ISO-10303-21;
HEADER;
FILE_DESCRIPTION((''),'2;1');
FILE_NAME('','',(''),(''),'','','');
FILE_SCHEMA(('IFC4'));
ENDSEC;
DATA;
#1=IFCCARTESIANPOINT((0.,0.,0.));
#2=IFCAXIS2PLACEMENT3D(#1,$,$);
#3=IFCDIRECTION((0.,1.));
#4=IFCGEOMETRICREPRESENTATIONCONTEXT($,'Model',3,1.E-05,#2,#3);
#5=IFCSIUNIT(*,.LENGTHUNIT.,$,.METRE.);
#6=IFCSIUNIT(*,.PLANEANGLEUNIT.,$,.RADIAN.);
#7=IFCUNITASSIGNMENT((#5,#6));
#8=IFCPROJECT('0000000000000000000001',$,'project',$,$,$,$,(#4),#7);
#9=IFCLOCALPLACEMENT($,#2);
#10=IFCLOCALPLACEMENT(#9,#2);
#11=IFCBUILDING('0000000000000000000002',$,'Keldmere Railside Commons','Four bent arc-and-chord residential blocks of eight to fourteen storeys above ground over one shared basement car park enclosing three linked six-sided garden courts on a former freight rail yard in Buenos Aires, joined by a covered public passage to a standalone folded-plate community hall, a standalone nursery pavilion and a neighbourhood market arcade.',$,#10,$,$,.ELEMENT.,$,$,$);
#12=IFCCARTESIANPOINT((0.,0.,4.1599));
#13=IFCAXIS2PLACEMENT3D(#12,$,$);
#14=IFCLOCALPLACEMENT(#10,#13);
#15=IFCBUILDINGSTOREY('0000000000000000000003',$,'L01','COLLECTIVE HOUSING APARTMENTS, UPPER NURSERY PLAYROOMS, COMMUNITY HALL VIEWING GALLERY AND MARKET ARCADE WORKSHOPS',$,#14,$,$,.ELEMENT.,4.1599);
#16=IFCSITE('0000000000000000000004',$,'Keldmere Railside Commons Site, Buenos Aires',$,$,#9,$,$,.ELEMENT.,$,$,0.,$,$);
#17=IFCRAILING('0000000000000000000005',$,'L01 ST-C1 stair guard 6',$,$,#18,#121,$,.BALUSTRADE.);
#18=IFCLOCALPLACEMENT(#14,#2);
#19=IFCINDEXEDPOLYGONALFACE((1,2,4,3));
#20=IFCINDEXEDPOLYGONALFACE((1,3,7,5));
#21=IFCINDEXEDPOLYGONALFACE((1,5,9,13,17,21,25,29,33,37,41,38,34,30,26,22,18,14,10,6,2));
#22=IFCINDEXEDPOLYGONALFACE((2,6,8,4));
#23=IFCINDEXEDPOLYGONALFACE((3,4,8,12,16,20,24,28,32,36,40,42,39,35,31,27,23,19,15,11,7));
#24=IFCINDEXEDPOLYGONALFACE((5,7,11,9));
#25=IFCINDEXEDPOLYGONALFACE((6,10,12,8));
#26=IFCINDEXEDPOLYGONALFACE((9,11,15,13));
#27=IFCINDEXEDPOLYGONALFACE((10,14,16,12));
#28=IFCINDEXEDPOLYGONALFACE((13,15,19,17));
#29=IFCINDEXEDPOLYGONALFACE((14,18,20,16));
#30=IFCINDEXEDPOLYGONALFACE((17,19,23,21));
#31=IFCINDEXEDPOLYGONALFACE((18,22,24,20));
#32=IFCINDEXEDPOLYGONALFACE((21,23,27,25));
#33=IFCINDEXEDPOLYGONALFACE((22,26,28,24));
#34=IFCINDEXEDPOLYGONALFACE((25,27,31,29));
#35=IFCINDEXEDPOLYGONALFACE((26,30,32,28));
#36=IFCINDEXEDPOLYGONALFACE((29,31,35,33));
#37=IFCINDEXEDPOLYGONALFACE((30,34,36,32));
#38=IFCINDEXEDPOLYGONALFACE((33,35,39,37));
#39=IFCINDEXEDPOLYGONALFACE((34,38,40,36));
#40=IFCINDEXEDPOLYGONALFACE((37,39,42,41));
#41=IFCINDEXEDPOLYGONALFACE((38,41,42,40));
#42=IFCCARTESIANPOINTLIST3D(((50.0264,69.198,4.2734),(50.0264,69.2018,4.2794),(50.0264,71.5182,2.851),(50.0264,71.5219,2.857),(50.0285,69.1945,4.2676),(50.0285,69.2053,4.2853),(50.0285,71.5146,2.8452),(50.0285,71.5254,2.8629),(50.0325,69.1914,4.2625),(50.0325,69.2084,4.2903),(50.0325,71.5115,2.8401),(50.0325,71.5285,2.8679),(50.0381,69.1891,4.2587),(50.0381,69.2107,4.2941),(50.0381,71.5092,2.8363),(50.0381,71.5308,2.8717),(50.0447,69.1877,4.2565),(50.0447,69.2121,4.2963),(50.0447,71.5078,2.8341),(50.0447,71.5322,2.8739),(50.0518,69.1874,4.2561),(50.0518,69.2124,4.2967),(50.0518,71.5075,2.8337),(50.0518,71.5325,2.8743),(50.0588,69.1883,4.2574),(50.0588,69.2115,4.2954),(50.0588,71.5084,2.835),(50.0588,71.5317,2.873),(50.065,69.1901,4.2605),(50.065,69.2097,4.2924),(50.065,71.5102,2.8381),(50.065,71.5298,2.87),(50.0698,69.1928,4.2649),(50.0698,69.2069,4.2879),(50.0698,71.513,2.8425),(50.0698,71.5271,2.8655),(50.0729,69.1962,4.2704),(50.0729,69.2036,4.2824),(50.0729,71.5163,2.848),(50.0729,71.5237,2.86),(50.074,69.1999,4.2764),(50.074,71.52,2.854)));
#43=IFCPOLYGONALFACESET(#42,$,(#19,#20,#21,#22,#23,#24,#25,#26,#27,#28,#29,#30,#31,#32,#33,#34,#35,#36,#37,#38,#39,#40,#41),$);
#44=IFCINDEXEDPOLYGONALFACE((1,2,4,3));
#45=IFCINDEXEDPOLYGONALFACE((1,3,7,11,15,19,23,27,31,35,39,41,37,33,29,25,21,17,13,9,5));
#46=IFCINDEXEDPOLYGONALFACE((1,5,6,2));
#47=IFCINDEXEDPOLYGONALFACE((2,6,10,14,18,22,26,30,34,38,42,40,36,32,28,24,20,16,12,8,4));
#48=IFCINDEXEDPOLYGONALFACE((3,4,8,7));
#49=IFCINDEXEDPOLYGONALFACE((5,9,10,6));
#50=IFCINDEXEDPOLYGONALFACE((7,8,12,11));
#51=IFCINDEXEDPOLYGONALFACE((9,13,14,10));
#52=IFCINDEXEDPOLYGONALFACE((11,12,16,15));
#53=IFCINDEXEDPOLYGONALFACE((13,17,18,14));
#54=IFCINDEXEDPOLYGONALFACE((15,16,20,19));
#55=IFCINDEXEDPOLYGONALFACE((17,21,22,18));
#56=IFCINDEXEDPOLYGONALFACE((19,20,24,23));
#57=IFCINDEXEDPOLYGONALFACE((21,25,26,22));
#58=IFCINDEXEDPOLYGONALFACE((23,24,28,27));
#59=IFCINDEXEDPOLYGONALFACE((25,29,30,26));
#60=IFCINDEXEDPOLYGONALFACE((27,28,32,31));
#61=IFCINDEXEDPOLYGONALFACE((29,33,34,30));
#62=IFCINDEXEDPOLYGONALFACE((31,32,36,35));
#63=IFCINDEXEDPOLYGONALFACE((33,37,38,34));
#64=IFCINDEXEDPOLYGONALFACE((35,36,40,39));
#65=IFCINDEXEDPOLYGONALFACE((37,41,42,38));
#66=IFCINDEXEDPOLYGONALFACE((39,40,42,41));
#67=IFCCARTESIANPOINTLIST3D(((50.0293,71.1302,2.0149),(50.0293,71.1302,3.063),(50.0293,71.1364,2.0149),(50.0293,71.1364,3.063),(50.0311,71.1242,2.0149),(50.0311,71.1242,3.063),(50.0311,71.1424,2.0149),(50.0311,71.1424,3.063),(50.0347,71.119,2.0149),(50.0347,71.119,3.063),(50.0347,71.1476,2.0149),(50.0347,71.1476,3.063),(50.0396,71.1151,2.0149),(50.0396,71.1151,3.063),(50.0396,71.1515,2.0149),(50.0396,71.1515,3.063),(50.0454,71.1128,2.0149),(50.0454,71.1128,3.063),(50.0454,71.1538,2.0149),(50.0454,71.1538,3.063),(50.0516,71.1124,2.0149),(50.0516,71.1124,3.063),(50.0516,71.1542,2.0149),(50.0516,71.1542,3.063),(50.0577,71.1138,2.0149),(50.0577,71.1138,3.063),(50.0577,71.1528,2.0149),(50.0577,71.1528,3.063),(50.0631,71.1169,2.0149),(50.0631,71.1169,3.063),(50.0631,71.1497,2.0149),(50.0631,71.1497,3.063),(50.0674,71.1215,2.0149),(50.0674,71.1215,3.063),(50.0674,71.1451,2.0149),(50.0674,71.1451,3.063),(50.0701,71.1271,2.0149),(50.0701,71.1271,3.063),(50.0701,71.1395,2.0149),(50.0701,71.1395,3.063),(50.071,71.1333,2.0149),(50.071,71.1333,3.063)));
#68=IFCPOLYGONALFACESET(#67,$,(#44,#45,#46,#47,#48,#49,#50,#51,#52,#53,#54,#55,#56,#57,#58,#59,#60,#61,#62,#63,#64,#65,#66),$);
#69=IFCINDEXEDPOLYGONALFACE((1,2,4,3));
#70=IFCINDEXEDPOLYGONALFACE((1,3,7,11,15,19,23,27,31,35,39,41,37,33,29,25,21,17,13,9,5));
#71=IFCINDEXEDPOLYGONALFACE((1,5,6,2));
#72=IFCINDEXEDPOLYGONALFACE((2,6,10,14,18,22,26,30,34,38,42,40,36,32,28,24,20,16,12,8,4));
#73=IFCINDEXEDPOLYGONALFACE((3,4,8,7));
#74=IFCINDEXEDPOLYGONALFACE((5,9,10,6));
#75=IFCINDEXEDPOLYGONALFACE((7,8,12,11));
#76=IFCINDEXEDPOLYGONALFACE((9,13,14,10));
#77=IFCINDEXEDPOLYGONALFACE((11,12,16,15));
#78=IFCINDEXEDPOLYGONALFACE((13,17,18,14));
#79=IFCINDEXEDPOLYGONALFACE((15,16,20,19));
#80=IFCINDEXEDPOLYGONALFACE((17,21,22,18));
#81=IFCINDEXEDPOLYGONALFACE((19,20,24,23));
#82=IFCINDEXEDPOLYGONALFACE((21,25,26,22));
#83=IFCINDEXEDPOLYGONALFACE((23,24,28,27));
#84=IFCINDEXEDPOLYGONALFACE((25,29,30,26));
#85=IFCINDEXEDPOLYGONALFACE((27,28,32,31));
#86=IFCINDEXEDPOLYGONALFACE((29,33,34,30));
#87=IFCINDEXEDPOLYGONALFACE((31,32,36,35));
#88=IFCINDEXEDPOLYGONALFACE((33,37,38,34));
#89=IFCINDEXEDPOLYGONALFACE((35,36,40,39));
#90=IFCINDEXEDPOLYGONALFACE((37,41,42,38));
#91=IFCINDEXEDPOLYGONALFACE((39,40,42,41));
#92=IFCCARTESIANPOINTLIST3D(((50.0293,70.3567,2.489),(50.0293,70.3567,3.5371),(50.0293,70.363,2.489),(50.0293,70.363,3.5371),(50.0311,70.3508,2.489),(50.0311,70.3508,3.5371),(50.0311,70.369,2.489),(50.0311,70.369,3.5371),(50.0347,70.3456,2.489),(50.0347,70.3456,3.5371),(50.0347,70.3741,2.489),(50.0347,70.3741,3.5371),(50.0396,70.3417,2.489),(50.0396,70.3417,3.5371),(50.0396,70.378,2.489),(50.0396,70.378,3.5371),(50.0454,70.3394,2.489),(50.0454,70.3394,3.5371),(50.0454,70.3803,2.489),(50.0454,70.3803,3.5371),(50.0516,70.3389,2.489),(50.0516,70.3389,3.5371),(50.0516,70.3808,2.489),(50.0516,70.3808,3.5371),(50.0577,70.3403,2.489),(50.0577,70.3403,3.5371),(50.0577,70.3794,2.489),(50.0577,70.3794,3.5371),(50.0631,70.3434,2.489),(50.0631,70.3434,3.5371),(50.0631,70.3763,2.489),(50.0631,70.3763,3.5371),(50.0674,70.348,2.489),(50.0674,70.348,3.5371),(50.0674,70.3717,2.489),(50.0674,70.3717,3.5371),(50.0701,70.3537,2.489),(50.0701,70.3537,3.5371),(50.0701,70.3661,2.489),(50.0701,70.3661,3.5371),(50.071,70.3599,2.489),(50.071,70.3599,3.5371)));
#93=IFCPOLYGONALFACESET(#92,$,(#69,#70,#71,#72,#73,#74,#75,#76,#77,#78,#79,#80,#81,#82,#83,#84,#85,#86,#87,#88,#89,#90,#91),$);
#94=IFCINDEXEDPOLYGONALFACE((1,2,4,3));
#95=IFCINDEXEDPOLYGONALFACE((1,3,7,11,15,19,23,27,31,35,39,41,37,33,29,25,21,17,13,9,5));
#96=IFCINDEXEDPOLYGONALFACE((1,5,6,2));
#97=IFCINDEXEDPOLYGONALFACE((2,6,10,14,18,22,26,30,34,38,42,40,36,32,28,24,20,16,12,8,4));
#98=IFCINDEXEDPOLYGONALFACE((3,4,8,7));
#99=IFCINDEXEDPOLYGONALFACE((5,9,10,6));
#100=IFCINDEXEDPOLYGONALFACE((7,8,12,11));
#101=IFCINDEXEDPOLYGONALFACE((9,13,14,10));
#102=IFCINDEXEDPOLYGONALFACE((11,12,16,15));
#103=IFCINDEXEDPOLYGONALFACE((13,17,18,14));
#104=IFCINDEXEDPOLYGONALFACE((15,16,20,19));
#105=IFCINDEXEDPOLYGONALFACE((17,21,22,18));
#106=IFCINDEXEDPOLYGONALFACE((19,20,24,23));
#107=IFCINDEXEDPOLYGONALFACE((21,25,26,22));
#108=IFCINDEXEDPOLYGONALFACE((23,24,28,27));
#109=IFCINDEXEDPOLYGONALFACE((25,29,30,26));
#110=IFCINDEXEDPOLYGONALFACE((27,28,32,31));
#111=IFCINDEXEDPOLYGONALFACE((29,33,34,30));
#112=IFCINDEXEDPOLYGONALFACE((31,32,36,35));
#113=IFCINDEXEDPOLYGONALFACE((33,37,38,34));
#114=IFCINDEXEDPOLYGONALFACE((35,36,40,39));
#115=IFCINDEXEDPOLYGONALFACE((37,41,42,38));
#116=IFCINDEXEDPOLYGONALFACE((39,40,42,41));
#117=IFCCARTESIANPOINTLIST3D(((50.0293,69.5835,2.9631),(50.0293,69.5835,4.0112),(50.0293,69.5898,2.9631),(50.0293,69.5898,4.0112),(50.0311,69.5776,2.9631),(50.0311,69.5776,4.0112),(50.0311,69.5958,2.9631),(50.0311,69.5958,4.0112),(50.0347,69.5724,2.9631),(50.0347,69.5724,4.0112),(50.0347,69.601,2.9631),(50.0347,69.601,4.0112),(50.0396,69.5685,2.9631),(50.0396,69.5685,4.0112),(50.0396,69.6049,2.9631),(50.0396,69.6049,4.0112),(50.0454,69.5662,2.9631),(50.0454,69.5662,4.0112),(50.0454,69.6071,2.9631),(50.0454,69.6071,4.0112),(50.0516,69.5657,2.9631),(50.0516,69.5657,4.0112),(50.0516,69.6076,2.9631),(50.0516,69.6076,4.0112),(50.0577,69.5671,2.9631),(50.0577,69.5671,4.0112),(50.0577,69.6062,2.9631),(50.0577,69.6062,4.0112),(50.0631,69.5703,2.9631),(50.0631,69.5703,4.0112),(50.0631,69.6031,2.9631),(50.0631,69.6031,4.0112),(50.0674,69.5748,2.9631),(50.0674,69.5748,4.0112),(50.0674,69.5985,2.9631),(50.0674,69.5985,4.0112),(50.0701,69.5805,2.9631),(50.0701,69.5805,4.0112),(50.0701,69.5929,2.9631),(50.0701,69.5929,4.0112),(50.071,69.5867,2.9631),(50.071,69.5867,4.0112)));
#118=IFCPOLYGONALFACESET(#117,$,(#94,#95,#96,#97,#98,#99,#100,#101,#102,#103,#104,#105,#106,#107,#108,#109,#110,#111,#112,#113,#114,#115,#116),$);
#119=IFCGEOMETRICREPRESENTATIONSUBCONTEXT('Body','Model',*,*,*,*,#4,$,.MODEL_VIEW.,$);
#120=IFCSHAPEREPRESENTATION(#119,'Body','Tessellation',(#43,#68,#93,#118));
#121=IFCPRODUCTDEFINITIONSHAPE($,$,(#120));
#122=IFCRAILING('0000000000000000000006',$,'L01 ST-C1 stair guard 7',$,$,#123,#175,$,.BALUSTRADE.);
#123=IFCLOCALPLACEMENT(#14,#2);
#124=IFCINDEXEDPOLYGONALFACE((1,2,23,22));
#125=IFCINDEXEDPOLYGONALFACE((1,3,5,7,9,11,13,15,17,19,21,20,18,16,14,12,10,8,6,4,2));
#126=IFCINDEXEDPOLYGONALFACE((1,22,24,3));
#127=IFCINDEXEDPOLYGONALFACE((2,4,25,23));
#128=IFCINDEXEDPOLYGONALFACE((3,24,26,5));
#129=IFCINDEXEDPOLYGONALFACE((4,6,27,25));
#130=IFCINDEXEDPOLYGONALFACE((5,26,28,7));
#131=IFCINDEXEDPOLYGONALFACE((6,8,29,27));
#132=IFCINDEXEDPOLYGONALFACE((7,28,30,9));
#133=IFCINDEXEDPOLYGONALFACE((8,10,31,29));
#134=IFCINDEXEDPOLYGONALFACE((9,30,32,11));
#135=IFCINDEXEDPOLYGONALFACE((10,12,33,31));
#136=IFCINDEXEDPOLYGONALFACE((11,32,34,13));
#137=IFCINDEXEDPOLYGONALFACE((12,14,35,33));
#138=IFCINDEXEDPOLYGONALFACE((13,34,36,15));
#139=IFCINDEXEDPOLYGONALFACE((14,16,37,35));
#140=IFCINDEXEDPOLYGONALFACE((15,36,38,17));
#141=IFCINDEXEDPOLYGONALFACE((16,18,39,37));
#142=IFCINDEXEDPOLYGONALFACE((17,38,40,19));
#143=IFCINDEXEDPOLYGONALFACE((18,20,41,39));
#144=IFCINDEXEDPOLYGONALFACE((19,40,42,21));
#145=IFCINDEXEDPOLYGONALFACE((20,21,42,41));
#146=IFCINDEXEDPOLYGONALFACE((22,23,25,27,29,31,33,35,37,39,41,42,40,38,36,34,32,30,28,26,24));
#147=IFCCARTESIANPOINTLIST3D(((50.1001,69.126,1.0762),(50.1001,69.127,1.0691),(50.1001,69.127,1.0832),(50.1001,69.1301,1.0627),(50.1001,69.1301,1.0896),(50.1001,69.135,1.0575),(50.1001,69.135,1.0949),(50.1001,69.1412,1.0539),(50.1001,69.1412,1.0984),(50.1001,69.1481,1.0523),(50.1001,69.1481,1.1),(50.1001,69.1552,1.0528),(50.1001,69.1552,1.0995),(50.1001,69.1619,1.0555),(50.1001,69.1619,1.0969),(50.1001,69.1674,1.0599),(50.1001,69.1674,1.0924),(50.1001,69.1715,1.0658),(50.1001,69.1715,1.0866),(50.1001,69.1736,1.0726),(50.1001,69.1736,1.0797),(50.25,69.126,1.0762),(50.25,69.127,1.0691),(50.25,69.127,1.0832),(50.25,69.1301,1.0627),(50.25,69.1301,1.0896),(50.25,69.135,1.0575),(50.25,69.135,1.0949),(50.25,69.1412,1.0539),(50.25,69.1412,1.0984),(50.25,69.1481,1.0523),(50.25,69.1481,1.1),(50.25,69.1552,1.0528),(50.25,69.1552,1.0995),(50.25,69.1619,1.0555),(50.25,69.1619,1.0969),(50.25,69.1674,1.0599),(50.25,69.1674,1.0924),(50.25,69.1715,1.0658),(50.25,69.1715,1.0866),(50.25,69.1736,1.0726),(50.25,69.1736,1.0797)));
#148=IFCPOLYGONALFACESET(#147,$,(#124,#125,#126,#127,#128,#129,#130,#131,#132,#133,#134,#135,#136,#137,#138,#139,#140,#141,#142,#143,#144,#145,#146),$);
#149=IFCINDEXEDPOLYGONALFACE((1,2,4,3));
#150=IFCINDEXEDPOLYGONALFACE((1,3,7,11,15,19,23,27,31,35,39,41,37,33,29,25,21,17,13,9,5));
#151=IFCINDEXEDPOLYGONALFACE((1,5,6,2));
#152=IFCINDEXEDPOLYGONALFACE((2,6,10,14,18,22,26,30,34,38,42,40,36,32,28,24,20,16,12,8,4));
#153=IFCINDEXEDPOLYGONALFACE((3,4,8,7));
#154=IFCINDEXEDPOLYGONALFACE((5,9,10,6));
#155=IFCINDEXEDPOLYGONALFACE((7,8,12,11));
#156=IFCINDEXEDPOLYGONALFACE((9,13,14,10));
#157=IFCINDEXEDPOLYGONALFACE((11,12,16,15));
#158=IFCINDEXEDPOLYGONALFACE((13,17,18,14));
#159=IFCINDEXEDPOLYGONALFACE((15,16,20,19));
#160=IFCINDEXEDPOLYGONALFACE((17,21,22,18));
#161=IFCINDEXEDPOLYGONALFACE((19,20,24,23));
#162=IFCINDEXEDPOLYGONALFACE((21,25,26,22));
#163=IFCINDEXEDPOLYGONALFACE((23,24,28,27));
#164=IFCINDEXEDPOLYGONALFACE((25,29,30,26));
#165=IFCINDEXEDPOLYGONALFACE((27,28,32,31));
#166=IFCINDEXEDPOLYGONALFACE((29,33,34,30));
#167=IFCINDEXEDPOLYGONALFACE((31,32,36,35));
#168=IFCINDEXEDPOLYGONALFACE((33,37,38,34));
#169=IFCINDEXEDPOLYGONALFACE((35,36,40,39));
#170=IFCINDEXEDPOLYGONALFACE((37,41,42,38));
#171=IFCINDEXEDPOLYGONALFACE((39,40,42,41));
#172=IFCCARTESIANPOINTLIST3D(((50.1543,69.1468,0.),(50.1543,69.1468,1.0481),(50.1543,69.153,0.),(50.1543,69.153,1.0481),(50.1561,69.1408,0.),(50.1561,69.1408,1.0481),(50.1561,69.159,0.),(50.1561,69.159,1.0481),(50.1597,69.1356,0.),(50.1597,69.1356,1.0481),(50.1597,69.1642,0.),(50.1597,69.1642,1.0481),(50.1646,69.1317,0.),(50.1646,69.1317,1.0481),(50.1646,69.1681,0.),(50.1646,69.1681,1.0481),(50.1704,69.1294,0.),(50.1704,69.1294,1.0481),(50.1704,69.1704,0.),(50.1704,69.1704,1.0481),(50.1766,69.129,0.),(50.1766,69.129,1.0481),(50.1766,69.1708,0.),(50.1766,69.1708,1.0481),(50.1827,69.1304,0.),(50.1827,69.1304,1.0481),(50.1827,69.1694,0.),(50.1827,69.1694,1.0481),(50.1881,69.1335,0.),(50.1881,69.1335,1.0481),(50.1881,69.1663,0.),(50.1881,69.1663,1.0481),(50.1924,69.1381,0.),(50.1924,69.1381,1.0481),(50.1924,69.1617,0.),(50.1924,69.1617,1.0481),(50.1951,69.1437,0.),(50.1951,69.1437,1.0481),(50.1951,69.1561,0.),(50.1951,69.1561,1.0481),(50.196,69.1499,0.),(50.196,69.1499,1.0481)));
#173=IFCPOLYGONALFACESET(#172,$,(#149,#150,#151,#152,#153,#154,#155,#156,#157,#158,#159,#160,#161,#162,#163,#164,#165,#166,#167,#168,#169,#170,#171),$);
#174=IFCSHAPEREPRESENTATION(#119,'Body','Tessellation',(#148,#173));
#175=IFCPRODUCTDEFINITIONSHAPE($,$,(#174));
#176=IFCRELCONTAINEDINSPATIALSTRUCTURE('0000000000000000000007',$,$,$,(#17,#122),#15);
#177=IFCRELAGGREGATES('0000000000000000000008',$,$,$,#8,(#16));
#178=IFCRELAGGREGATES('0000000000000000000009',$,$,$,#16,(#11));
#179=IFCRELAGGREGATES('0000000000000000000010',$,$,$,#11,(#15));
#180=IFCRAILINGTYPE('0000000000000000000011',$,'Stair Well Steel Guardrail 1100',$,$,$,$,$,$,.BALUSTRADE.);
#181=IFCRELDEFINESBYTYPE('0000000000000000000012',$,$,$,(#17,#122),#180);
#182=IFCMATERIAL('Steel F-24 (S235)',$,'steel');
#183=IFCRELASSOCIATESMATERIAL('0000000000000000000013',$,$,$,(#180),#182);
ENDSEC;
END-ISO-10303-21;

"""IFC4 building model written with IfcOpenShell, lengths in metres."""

from ifc_helpers import new_model, si_unit, direction, frame, origin, origin_2d, place, context, subcontext, project, spatial, circle, extrude, material, type_object, element, save


model = new_model("IFC4")

# Units and contexts
model_context = context("Model", 3, precision=1e-05, world=origin(), true_north=direction((0.0, 1.0)))
body_context = subcontext(model_context, "Body", "Model", "MODEL_VIEW")
ifc_project = project(units=[si_unit("LENGTHUNIT", "METRE"), si_unit("PLANEANGLEUNIT", "RADIAN")], contexts=[model_context])

# Site, building, storey
site_placement = place(None, origin())
site = spatial("IfcSite", under=ifc_project, at=site_placement, Name="Keldmere Railside Commons Site, Buenos Aires", CompositionType="ELEMENT", RefElevation=0.0)
building_placement = place(site_placement, origin())
building = spatial("IfcBuilding", under=site, at=building_placement, Name="Keldmere Railside Commons", Description="Four bent arc-and-chord residential blocks of eight to fourteen storeys above ground over one shared basement car park enclosing three linked six-sided garden courts on a former freight rail yard in Buenos Aires, joined by a covered public passage to a standalone folded-plate community hall, a standalone nursery pavilion and a neighbourhood market arcade.", CompositionType="ELEMENT")
storey_placement = place(building_placement, frame((0.0, 0.0, 4.1599)))
storey = spatial("IfcBuildingStorey", under=building, at=storey_placement, Name="L01", Description="COLLECTIVE HOUSING APARTMENTS, UPPER NURSERY PLAYROOMS, COMMUNITY HALL VIEWING GALLERY AND MARKET ARCADE WORKSHOPS", CompositionType="ELEMENT", Elevation=4.1599)

# Railings
ifc_material_1 = material(Name="Steel F-24 (S235)", Category="steel")
railing_type_1 = type_object("IfcRailingType", Name="Stair Well Steel Guardrail 1100", PredefinedType="BALUSTRADE", material=ifc_material_1)
railing_1_placement = place(storey_placement, frame((50.05, 71.52, 1.7778)))
element("IfcRailing", 1, at=railing_1_placement, inside=storey, type_object=railing_type_1, Name="L01 ST-C1 stair guard 6", PredefinedType="BALUSTRADE", context=body_context, shape_type="SweptSolid", body=[
    extrude(circle(Radius=0.0239, at=origin_2d()), frame((0.0, 0.0, 1.0762), z_axis=(0.0, -0.852538, 0.522665), x_axis=(1.0, 0.0, 0.0)), (0.0, 0.0, 1.0), 2.7214),
    extrude(circle(Radius=0.021, at=origin_2d()), frame((0.0, -0.3867, 0.2371)), (0.0, 0.0, 1.0), 1.0481),
    extrude(circle(Radius=0.021, at=origin_2d()), frame((0.0, -1.1602, 0.7112)), (0.0, 0.0, 1.0), 1.0481),
    extrude(circle(Radius=0.021, at=origin_2d()), frame((0.0, -1.9333, 1.1853)), (0.0, 0.0, 1.0), 1.0481),
])
railing_2_placement = place(storey_placement, frame((50.25, 69.1499, 0.0)))
element("IfcRailing", 2, at=railing_2_placement, inside=storey, type_object=railing_type_1, Name="L01 ST-C1 stair guard 7", PredefinedType="BALUSTRADE", context=body_context, shape_type="SweptSolid", body=[
    extrude(circle(Radius=0.0239, at=origin_2d()), frame((0.0, 0.0, 1.0762), z_axis=(-1.0, 0.0, 0.0), x_axis=(0.0, -1.0, 0.0)), (0.0, 0.0, 1.0), 0.1499),
    extrude(circle(Radius=0.021, at=origin_2d()), frame((-0.075, 0.0, 0.0)), (0.0, 0.0, 1.0), 1.0481),
])

save(model, "model.ifc")
